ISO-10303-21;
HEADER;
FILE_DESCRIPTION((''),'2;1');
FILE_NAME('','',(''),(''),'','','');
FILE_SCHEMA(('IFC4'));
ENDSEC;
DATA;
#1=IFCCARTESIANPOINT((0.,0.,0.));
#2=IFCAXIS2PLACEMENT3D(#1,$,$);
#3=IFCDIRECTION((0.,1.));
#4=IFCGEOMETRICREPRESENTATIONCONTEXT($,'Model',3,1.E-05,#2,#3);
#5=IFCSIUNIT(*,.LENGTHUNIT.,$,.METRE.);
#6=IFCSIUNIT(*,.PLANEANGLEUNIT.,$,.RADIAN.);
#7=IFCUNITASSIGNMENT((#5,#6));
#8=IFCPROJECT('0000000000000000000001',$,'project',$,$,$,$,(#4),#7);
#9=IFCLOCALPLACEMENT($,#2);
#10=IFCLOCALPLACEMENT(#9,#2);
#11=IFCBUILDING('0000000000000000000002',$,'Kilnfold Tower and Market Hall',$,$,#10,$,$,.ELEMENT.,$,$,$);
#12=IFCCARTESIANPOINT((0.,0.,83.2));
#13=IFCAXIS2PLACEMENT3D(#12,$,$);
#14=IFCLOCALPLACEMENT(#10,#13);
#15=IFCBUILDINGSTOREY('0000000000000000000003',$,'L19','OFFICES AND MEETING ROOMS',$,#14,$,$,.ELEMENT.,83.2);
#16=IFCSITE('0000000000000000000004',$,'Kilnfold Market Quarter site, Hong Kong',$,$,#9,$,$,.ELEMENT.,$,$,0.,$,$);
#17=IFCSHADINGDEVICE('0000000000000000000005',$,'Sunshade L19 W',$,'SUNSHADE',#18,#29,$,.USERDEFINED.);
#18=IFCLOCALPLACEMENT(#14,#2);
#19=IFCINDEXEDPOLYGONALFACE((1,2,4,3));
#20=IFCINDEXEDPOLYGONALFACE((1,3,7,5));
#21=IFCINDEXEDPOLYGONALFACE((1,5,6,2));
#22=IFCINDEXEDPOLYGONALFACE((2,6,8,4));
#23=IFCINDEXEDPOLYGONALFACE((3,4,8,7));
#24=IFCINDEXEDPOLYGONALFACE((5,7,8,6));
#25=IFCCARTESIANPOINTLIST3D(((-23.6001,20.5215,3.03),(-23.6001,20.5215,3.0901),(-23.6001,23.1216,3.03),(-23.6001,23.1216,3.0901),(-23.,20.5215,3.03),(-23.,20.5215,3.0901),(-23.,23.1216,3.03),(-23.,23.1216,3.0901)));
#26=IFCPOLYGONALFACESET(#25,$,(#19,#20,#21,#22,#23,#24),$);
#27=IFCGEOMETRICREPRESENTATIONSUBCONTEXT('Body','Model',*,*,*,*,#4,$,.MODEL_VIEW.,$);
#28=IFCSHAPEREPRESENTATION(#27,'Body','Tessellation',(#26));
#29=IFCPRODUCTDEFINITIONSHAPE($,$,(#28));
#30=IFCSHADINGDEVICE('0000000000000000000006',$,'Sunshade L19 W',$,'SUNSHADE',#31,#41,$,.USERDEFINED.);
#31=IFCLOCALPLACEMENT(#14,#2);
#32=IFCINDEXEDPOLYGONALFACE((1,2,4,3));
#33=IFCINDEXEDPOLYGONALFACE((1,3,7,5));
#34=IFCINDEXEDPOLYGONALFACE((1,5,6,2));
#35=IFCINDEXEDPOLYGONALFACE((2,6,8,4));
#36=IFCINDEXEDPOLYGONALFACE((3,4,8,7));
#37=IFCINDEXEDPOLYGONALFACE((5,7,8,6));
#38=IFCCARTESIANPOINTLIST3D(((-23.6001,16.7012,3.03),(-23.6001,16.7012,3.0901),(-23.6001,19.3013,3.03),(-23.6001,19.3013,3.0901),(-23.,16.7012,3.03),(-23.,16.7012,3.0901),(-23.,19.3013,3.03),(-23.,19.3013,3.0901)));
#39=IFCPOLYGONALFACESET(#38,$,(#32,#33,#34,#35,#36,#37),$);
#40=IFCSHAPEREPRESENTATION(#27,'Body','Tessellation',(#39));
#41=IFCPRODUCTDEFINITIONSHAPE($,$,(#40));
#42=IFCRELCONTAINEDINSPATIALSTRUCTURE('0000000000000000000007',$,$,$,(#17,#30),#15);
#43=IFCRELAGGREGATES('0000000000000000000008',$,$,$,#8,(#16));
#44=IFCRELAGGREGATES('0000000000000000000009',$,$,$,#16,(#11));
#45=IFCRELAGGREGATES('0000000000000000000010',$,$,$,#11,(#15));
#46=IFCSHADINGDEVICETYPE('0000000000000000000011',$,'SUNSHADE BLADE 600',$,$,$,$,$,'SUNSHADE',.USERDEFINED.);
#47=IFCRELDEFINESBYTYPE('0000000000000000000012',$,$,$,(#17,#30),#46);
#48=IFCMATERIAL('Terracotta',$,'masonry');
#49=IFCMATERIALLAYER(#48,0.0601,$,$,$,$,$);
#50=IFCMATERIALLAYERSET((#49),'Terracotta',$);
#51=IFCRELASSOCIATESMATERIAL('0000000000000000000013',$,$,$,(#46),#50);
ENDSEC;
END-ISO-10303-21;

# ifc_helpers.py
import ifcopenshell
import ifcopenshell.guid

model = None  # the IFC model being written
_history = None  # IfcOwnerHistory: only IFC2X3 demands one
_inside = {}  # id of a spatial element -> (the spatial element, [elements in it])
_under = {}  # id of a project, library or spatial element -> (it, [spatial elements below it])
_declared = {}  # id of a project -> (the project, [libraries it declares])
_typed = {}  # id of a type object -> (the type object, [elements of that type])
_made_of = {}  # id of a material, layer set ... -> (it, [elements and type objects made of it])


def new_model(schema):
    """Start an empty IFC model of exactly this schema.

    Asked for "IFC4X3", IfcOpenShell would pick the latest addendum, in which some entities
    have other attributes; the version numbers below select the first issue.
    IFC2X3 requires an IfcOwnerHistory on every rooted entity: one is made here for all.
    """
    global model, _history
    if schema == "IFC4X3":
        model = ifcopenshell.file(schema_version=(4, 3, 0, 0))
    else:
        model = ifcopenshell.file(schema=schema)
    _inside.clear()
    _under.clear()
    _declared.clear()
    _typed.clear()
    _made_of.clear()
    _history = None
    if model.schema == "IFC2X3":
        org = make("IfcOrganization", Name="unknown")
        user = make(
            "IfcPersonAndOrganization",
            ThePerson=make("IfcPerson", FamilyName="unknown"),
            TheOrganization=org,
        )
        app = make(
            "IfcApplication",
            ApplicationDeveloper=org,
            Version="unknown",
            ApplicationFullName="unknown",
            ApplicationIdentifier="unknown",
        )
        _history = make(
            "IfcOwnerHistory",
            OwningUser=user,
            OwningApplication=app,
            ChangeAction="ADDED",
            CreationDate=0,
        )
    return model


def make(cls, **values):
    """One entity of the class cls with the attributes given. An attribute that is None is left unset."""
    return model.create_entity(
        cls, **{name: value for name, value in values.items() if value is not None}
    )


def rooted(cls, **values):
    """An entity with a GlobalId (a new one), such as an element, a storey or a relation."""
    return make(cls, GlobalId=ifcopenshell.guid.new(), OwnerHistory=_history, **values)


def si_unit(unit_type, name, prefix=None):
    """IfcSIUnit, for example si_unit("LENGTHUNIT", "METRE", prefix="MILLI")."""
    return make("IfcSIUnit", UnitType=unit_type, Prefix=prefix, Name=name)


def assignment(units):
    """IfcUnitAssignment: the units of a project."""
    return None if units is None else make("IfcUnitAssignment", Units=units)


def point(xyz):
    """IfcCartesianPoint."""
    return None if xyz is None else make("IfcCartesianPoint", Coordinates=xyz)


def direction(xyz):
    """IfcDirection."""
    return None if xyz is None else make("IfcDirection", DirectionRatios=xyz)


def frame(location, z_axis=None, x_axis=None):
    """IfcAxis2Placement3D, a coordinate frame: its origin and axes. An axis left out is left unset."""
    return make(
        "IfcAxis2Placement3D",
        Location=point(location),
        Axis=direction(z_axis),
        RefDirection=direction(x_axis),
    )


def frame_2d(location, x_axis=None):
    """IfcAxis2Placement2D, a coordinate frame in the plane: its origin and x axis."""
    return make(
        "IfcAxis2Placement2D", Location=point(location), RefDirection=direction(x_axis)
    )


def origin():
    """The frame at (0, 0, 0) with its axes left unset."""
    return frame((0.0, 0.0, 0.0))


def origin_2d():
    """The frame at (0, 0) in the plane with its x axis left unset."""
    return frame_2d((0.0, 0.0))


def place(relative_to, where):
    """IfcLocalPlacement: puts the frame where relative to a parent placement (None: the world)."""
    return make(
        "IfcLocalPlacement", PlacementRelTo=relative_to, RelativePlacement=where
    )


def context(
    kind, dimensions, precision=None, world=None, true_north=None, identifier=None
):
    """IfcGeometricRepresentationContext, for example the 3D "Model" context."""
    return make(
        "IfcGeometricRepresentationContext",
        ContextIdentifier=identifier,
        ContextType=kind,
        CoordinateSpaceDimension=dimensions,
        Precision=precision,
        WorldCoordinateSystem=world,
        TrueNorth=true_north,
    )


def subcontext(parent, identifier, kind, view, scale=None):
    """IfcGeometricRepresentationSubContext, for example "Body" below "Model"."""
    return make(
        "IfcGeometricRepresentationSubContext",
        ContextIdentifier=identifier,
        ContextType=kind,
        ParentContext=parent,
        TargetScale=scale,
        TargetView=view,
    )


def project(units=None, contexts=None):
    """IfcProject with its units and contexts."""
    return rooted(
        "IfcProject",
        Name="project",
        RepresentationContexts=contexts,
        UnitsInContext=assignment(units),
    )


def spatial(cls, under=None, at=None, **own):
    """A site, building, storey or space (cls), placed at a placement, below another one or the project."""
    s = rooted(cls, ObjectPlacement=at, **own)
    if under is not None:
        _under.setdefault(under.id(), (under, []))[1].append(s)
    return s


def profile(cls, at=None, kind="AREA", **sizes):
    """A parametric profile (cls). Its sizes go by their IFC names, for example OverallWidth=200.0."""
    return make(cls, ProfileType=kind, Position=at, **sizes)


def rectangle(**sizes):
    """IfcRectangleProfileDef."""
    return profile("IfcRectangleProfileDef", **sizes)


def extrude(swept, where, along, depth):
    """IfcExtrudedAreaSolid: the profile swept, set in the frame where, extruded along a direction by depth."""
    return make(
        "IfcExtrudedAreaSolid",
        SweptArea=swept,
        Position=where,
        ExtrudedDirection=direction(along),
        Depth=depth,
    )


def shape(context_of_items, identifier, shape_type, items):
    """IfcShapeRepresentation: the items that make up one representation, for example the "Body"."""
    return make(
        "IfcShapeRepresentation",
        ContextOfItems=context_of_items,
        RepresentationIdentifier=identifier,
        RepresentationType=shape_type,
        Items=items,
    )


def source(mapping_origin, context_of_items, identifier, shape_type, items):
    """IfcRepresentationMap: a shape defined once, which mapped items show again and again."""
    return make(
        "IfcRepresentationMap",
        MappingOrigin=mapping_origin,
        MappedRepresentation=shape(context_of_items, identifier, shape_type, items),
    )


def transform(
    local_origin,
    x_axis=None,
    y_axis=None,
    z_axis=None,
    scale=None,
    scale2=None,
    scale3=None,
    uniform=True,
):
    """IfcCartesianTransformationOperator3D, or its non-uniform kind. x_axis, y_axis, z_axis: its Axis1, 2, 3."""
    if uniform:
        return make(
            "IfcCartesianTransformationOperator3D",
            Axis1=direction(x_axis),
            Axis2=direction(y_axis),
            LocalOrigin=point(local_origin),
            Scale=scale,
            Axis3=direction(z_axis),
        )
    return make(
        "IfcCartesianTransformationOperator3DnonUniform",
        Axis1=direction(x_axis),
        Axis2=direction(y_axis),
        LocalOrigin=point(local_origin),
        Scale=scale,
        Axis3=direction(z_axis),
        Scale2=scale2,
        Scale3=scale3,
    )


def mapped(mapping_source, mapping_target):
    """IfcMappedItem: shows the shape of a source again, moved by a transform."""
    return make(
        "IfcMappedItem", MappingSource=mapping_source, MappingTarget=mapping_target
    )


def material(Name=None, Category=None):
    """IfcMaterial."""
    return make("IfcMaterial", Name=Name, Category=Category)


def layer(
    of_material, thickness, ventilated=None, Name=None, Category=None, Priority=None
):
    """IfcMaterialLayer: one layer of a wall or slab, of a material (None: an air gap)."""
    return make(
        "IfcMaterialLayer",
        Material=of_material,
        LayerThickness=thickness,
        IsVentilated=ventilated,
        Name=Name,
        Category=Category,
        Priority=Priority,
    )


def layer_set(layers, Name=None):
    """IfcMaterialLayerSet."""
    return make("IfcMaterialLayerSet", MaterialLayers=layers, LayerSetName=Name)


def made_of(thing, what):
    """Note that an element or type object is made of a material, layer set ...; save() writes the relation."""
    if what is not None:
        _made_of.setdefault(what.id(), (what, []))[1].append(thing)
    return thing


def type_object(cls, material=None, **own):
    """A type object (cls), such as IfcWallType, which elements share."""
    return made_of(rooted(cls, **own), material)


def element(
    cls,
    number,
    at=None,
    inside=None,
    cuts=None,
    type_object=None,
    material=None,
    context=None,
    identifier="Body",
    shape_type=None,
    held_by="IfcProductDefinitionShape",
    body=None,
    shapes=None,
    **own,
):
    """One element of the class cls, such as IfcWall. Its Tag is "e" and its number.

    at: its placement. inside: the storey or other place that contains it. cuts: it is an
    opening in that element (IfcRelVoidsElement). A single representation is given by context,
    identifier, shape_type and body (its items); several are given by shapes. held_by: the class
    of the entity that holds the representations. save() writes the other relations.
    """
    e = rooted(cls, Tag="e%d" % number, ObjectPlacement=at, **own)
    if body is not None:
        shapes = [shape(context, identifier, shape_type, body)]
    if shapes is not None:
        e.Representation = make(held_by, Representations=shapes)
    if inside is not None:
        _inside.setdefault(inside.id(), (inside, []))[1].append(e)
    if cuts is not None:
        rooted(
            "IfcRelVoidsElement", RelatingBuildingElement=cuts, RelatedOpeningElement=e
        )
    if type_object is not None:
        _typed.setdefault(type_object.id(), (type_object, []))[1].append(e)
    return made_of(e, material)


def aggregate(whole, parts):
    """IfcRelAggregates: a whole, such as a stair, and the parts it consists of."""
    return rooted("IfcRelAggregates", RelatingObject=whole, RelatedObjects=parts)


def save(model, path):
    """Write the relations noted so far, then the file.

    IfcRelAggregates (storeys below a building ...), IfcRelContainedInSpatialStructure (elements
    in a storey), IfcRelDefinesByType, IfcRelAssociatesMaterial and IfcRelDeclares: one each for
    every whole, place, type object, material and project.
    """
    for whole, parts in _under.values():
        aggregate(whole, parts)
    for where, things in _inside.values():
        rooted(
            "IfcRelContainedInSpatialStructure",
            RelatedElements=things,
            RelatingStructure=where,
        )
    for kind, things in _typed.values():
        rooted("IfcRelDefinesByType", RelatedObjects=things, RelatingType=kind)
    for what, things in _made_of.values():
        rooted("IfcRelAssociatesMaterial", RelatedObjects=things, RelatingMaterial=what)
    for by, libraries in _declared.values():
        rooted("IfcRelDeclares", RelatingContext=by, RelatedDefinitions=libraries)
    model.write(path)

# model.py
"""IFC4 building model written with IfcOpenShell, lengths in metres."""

from ifc_helpers import new_model, si_unit, direction, frame, origin, origin_2d, place, context, subcontext, project, spatial, rectangle, extrude, source, transform, mapped, material, layer, layer_set, type_object, element, save


model = new_model("IFC4")

# Units and contexts
model_context = context("Model", 3, precision=1e-05, world=origin(), true_north=direction((0.0, 1.0)))
body_context = subcontext(model_context, "Body", "Model", "MODEL_VIEW")
ifc_project = project(units=[si_unit("LENGTHUNIT", "METRE"), si_unit("PLANEANGLEUNIT", "RADIAN")], contexts=[model_context])

# Site, building, storey
site_placement = place(None, origin())
site = spatial("IfcSite", under=ifc_project, at=site_placement, Name="Kilnfold Market Quarter site, Hong Kong", CompositionType="ELEMENT", RefElevation=0.0)
building_placement = place(site_placement, origin())
building = spatial("IfcBuilding", under=site, at=building_placement, Name="Kilnfold Tower and Market Hall", CompositionType="ELEMENT")
storey_placement = place(building_placement, frame((0.0, 0.0, 83.2)))
storey = spatial("IfcBuildingStorey", under=building, at=storey_placement, Name="L19", Description="OFFICES AND MEETING ROOMS", CompositionType="ELEMENT", Elevation=83.2)

# Shading devices
ifc_material_1 = material(Name="Terracotta", Category="masonry")
ifc_layer_1 = layer(ifc_material_1, 0.0601)
ifc_layer_set_1 = layer_set([ifc_layer_1], Name="Terracotta")
shading_device_type = type_object("IfcShadingDeviceType", Name="SUNSHADE BLADE 600", ElementType="SUNSHADE", PredefinedType="USERDEFINED", material=ifc_layer_set_1)
shared_shape_1 = source(origin(), body_context, "Body", "SweptSolid", [
    extrude(rectangle(XDim=2.6001, YDim=0.6001, at=origin_2d()), origin(), (0.0, 0.0, 1.0), 0.0601),
])
for number, where, z_axis, x_axis, name in (
    (1, (-23.3, 21.8215, 3.03), (0.0, 0.0, 1.0), (0.0, -1.0, 0.0), "Sunshade L19 W"),
    (2, (-23.3, 18.0012, 3.03), (0.0, 0.0, 1.0), (0.0, -1.0, 0.0), "Sunshade L19 W"),
):
    element("IfcShadingDevice", number, at=place(storey_placement, frame(where, z_axis=z_axis, x_axis=x_axis)), inside=storey, type_object=shading_device_type, Name=name, ObjectType="SUNSHADE", PredefinedType="USERDEFINED", context=body_context, shape_type="MappedRepresentation", body=[
        mapped(shared_shape_1, transform((0.0, 0.0, 0.0))),
    ])

save(model, "model.ifc")
